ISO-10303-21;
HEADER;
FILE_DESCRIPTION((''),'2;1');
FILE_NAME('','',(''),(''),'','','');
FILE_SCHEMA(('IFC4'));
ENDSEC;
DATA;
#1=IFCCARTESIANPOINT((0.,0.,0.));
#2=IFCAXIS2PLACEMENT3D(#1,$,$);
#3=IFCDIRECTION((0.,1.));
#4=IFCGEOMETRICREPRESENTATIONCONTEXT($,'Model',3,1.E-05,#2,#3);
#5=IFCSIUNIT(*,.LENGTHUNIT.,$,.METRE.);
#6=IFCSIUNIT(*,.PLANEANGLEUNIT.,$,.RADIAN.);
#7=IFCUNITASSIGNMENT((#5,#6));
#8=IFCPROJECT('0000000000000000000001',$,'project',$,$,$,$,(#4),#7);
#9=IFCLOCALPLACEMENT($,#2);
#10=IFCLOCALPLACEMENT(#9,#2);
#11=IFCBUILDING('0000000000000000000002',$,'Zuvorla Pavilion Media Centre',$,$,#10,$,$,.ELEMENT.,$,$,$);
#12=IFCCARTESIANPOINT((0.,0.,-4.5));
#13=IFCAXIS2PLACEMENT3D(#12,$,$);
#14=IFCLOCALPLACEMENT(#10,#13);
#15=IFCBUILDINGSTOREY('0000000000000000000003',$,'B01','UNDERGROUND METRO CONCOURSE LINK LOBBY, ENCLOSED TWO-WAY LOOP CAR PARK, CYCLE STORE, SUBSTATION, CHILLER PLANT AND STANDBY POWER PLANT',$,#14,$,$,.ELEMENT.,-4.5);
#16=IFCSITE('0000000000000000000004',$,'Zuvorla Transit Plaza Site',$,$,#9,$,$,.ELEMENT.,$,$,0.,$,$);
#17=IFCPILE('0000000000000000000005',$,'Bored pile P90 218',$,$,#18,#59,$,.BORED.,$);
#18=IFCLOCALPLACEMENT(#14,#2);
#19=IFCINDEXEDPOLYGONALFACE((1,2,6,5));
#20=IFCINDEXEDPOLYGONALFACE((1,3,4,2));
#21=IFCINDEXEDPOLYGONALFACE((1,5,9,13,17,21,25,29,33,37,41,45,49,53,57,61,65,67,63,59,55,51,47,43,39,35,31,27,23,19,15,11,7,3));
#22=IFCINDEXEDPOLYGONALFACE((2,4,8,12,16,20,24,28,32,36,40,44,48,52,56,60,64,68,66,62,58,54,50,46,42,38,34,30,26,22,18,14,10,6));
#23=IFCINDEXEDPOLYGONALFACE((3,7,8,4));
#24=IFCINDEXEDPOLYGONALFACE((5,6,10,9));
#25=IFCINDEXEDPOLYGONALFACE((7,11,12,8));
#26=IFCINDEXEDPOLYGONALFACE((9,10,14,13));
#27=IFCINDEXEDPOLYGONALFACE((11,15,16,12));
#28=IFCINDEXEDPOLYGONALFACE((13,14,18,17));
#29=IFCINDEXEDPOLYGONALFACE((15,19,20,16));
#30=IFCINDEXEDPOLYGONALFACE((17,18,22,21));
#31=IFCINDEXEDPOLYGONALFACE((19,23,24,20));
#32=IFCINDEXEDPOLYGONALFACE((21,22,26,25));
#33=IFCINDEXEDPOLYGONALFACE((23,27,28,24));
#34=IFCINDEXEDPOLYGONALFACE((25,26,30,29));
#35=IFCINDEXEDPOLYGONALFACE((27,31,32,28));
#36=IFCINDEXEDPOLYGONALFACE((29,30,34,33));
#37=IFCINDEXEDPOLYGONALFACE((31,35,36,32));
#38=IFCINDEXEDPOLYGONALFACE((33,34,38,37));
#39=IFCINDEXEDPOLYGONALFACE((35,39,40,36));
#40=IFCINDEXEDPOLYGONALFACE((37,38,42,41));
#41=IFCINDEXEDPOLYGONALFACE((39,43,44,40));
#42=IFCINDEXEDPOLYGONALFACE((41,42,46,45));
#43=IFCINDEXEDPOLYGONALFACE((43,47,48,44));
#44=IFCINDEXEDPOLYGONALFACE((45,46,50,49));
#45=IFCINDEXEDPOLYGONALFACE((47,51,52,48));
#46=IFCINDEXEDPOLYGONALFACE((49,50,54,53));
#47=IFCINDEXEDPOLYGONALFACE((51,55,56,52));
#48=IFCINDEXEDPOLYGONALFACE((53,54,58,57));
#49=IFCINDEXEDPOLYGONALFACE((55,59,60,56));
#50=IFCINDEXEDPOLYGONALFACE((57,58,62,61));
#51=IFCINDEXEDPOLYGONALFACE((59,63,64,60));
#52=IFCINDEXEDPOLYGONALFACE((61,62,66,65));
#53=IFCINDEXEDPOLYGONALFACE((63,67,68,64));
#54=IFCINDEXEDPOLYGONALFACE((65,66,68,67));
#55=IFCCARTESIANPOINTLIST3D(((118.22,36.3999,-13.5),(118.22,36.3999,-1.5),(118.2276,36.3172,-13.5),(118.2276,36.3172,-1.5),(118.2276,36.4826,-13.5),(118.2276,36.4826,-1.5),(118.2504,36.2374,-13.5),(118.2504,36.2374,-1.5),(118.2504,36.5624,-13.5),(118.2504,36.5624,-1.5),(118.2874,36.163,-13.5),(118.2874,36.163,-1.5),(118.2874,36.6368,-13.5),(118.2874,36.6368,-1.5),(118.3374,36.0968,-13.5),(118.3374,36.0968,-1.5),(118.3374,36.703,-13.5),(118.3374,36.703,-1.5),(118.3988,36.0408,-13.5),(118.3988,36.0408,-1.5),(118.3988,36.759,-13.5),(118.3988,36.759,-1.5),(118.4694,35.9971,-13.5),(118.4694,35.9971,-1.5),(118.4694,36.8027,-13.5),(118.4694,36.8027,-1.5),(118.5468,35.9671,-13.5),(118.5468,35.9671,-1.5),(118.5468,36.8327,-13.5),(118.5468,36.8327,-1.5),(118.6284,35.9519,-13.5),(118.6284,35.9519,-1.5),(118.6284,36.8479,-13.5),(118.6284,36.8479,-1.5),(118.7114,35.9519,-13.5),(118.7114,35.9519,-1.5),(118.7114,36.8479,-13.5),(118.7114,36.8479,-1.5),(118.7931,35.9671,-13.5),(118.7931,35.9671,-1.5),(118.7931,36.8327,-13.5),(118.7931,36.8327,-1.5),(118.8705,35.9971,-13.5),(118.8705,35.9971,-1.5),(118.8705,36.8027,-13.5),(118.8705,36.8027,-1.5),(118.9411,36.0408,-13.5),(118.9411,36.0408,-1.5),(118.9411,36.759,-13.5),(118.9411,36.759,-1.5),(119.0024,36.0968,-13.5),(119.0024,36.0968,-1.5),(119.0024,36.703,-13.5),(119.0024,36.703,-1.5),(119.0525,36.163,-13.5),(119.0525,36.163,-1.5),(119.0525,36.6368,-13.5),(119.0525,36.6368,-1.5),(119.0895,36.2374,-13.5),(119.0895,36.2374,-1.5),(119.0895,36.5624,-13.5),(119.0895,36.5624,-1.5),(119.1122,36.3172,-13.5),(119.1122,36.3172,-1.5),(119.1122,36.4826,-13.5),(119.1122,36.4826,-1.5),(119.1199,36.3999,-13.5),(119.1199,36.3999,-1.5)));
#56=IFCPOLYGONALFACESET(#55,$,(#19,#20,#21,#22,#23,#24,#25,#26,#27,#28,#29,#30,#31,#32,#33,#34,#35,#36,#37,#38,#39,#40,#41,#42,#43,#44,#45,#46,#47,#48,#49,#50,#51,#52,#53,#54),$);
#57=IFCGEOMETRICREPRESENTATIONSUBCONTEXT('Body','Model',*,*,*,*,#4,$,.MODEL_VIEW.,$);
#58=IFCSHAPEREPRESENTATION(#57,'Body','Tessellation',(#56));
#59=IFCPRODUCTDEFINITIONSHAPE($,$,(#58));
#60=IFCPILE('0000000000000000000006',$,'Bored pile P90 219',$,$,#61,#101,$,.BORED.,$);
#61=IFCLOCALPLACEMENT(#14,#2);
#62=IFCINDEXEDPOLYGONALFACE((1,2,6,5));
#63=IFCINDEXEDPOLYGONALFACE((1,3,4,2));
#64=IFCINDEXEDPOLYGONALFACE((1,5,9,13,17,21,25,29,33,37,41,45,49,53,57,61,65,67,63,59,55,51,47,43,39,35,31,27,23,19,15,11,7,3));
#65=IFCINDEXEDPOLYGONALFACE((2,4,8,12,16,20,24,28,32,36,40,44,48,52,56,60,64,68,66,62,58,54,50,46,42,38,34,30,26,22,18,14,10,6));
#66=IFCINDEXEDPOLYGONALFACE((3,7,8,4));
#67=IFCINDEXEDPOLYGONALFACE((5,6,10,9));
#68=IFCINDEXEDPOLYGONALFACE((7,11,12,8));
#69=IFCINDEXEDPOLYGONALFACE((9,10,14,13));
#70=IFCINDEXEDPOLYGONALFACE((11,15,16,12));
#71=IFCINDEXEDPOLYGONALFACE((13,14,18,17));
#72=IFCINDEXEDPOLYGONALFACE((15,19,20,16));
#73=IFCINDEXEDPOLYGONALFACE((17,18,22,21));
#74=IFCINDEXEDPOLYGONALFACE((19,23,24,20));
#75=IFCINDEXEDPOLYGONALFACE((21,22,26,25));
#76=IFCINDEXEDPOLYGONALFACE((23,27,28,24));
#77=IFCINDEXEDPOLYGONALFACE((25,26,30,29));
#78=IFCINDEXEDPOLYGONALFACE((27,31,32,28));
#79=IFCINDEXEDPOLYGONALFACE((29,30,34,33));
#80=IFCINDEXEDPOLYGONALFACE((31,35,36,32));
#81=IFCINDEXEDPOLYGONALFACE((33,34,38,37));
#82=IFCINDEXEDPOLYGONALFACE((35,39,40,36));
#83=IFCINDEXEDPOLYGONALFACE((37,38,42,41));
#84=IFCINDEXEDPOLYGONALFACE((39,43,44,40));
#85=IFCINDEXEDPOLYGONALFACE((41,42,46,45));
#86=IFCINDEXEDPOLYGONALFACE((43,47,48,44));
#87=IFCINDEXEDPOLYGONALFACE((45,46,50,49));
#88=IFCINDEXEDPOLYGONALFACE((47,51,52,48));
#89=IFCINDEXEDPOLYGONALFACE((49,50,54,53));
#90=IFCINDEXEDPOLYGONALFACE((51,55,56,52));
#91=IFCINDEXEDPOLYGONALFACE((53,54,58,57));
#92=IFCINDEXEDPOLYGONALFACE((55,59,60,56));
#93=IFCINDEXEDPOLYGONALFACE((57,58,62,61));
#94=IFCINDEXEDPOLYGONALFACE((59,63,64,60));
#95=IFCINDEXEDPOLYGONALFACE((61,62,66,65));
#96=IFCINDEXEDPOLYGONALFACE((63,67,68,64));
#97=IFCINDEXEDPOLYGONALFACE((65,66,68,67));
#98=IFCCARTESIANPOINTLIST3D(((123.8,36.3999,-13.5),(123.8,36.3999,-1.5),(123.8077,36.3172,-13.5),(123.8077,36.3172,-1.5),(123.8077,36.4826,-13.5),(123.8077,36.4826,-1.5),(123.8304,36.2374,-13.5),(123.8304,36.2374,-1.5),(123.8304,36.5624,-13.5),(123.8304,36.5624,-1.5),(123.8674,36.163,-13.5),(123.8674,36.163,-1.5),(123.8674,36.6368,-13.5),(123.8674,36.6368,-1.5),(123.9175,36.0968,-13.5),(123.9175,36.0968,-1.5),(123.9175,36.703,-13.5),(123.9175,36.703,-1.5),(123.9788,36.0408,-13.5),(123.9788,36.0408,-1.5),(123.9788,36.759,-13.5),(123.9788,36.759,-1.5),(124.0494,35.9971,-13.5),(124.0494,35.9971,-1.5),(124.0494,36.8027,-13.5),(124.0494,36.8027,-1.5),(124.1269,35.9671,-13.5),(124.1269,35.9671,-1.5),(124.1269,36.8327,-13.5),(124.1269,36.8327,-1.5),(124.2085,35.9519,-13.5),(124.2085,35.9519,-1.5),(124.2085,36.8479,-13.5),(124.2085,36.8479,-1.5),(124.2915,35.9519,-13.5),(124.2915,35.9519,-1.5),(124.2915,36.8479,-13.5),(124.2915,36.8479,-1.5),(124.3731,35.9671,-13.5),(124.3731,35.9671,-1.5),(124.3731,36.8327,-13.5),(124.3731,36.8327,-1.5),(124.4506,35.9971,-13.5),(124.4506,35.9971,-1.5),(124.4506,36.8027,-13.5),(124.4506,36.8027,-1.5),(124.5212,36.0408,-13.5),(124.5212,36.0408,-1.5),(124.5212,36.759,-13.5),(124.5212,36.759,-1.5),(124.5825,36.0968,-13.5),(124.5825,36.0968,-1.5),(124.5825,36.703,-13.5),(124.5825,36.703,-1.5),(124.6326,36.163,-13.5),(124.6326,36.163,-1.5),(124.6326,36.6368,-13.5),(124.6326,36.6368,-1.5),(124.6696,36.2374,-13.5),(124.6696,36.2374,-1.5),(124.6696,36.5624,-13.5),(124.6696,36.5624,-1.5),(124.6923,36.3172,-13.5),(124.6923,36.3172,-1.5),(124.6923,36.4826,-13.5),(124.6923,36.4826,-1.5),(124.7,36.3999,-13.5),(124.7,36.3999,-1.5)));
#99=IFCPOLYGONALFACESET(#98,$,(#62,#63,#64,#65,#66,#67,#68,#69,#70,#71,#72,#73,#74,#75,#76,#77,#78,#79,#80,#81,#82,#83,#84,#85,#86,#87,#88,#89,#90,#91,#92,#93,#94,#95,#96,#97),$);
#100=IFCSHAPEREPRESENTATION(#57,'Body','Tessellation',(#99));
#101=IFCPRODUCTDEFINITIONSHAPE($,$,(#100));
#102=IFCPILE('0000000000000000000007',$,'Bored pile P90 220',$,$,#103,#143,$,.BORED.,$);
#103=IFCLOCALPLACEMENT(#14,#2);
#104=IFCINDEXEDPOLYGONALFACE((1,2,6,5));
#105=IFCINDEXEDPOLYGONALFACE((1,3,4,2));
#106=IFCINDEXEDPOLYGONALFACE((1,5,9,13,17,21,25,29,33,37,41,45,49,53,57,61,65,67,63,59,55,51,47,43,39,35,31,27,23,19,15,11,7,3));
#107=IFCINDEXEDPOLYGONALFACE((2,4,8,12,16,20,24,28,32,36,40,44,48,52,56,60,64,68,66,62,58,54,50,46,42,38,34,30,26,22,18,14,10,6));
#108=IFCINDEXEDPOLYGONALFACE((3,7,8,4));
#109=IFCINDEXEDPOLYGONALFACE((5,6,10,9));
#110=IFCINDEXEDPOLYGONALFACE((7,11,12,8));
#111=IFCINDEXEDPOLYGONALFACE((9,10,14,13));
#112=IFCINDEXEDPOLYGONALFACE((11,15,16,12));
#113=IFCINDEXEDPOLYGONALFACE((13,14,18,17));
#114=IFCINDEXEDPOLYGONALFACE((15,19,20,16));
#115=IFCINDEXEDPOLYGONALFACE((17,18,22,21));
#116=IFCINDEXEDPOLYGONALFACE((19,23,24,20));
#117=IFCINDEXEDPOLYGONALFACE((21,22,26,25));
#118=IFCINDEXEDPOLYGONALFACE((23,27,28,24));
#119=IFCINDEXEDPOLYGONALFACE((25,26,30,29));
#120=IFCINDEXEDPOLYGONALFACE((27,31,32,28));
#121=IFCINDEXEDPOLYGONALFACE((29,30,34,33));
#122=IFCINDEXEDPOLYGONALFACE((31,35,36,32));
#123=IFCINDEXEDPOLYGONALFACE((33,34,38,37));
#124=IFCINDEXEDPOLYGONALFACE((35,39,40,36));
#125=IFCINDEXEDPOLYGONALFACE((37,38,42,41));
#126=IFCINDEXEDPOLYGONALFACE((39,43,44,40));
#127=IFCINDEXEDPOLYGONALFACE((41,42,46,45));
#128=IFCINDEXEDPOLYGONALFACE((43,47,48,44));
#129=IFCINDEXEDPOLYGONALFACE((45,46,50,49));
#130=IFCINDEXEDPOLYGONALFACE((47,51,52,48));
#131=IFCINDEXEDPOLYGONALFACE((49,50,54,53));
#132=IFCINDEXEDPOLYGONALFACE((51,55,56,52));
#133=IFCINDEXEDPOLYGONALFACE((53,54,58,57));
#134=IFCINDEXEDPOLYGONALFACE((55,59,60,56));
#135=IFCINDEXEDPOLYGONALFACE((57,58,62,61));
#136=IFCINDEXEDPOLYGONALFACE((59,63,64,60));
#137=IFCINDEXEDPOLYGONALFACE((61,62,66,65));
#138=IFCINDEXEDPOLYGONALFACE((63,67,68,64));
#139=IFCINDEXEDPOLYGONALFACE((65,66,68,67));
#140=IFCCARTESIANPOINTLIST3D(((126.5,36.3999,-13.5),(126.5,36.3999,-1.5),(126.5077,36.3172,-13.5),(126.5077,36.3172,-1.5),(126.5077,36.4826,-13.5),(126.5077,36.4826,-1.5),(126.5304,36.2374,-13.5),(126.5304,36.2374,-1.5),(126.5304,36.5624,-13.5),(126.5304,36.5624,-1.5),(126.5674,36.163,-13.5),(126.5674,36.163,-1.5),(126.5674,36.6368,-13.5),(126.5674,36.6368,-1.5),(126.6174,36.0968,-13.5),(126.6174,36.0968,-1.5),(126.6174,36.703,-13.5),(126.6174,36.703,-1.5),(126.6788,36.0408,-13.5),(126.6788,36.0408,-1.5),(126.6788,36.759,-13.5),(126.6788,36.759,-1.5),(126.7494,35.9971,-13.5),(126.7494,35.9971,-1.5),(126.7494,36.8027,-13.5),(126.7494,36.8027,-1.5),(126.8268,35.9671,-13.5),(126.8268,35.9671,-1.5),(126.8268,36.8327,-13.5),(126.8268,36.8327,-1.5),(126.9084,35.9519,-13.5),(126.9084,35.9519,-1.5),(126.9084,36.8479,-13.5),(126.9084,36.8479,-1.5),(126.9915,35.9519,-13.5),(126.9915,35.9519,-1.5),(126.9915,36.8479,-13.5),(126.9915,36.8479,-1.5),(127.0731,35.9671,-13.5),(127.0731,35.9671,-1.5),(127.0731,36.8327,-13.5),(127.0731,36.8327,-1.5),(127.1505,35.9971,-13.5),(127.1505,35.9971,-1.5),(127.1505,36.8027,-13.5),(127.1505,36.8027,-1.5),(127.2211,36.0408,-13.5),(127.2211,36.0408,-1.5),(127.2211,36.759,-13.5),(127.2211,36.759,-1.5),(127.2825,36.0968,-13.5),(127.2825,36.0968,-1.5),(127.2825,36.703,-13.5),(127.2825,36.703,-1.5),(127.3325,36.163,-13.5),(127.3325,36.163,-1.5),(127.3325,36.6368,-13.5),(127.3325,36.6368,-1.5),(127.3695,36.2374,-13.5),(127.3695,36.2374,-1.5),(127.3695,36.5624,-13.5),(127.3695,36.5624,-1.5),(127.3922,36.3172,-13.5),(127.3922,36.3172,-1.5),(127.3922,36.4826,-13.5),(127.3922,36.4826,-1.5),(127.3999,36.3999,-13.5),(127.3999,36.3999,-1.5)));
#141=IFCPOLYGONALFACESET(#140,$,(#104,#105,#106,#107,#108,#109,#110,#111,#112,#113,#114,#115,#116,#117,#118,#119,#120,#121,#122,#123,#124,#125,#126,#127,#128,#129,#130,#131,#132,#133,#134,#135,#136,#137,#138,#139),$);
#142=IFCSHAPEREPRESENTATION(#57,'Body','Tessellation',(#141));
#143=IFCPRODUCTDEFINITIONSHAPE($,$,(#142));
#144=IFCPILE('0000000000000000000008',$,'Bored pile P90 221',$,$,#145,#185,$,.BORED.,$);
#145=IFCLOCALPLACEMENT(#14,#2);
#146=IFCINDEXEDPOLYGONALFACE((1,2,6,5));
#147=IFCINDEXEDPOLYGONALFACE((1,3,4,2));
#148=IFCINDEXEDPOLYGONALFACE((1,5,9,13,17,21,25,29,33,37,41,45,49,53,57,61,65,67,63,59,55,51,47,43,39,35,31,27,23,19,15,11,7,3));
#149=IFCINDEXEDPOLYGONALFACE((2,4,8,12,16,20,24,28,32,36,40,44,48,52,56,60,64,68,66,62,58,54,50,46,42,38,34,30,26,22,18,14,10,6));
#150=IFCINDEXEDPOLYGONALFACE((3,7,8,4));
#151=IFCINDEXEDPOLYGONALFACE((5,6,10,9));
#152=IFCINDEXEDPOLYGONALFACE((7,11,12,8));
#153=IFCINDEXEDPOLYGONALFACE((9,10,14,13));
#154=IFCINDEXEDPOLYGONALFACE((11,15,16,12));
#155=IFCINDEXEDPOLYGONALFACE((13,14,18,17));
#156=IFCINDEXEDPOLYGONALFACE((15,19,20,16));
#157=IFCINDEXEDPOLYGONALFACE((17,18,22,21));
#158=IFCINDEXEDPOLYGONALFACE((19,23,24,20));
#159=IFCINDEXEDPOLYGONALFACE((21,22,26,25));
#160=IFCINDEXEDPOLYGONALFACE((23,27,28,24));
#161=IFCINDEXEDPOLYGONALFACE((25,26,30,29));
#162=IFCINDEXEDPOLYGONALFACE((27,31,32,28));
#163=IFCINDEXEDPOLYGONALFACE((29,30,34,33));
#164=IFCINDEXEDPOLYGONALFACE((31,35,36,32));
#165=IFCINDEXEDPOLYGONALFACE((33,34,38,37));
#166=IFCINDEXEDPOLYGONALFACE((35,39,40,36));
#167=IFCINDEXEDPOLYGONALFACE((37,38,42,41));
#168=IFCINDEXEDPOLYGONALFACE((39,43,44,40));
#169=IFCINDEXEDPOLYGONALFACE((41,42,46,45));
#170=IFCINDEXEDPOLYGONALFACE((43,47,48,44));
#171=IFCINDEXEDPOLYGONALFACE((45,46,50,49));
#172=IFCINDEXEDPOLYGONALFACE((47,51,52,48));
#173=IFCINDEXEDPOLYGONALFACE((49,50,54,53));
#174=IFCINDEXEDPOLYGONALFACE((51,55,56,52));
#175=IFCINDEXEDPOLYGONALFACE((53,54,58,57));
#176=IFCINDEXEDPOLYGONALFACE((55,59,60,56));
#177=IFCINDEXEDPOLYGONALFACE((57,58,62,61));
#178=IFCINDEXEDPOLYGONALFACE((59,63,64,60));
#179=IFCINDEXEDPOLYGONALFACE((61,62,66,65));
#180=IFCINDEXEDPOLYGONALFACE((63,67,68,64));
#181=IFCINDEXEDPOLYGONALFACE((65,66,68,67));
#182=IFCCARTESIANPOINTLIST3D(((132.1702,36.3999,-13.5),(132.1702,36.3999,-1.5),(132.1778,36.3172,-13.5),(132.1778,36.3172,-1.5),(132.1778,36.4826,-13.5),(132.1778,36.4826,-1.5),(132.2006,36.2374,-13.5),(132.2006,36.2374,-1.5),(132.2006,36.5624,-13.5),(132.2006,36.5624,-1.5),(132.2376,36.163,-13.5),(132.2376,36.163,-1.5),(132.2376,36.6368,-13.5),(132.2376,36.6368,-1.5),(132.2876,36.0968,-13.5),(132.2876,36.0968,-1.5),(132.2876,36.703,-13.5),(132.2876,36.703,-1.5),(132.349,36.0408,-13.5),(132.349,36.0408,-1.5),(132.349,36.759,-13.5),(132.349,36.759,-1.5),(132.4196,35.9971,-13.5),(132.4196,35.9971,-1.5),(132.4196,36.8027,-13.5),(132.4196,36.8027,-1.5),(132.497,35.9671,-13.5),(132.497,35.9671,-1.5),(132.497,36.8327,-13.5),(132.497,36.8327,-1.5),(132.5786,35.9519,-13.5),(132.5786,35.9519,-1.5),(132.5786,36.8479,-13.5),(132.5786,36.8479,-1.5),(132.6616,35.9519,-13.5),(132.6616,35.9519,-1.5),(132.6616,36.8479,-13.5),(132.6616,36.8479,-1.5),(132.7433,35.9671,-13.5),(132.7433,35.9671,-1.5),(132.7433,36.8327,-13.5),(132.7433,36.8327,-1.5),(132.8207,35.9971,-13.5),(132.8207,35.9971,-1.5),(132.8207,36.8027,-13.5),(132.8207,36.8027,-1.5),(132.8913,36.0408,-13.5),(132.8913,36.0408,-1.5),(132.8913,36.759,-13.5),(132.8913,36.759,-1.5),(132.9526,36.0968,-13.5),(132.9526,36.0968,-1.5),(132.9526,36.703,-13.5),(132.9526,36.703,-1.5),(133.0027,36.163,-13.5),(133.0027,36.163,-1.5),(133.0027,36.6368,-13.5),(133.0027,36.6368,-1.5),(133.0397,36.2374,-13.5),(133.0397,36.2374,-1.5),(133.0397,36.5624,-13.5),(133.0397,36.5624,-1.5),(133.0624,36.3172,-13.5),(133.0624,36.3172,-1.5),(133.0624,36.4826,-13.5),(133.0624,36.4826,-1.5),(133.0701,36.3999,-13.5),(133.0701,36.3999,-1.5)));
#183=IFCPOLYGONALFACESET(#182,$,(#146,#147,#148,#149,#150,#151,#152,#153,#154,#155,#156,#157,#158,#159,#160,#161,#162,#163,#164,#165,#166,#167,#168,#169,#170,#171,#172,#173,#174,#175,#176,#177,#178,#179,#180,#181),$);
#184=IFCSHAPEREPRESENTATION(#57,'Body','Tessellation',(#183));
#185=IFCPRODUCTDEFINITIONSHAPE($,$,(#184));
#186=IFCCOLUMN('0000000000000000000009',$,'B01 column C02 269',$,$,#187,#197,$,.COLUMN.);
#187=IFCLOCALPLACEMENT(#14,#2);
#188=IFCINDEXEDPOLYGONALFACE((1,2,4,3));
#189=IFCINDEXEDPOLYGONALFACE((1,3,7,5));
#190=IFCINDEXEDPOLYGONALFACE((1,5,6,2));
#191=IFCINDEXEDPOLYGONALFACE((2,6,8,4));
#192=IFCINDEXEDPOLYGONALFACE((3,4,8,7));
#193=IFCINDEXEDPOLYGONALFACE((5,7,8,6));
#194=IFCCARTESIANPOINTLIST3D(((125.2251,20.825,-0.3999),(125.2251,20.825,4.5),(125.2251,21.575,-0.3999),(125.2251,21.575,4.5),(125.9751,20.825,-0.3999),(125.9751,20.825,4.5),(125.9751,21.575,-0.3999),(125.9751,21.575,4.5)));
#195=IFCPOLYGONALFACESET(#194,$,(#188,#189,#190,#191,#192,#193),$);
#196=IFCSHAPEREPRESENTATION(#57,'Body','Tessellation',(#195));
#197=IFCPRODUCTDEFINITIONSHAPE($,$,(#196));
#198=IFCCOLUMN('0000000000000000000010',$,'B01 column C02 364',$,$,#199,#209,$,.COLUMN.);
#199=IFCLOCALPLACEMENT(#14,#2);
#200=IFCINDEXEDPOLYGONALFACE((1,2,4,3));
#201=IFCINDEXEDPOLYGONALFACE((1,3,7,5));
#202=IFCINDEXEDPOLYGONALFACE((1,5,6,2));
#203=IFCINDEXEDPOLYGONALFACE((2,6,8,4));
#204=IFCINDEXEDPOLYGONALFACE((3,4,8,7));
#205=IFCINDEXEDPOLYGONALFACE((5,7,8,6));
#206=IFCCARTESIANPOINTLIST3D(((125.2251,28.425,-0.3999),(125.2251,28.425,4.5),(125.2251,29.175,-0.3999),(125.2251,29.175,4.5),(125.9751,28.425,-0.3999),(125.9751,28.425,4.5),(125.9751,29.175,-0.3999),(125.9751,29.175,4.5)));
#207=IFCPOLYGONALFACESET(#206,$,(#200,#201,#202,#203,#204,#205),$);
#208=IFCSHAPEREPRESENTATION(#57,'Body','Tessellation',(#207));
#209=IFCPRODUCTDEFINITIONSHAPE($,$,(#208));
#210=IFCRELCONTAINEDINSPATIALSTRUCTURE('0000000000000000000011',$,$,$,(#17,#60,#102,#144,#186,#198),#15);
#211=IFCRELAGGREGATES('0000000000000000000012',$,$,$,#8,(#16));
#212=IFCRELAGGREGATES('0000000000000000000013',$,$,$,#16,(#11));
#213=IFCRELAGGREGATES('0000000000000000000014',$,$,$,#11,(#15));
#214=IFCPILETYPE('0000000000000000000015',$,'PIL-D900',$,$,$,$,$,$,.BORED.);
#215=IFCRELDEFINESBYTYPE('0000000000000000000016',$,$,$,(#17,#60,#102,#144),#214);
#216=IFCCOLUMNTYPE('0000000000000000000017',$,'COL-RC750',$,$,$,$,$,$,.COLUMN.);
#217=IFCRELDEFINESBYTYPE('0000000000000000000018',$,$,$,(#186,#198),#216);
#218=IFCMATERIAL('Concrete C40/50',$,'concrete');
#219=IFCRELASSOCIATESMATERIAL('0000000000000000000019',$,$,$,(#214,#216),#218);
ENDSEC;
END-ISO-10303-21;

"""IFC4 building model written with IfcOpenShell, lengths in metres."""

from ifc_helpers import new_model, si_unit, direction, frame, origin, origin_2d, place, context, subcontext, project, spatial, rectangle, circle, extrude, material, material_profile, profile_set, type_object, element, save


model = new_model("IFC4")

# Units and contexts
model_context = context("Model", 3, precision=1e-05, world=origin(), true_north=direction((0.0, 1.0)))
body_context = subcontext(model_context, "Body", "Model", "MODEL_VIEW")
ifc_project = project(units=[si_unit("LENGTHUNIT", "METRE"), si_unit("PLANEANGLEUNIT", "RADIAN")], contexts=[model_context])

# Site, building, storey
site_placement = place(None, origin())
site = spatial("IfcSite", under=ifc_project, at=site_placement, Name="Zuvorla Transit Plaza Site", CompositionType="ELEMENT", RefElevation=0.0)
building_placement = place(site_placement, origin())
building = spatial("IfcBuilding", under=site, at=building_placement, Name="Zuvorla Pavilion Media Centre", CompositionType="ELEMENT")
storey_placement = place(building_placement, frame((0.0, 0.0, -4.5)))
storey = spatial("IfcBuildingStorey", under=building, at=storey_placement, Name="B01", Description="UNDERGROUND METRO CONCOURSE LINK LOBBY, ENCLOSED TWO-WAY LOOP CAR PARK, CYCLE STORE, SUBSTATION, CHILLER PLANT AND STANDBY POWER PLANT", CompositionType="ELEMENT", Elevation=-4.5)

# Shared definitions
ifc_material = material(Name="Concrete C40/50", Category="concrete")

# Piles
ifc_material_profile_1 = material_profile(ifc_material, circle(Radius=0.45, at=origin_2d()), Name="BORED PILE 900")
ifc_profile_set_1 = profile_set([ifc_material_profile_1], Name="Concrete C40/50")
pile_type = type_object("IfcPileType", Name="PIL-D900", PredefinedType="BORED", material=ifc_profile_set_1)
for number, where, z_axis, x_axis, name in (
    (1, (118.6699, 36.3999, -1.5), (0.0, 0.0, -1.0), (1.0, 0.0, 0.0), "Bored pile P90 218"),
    (2, (124.25, 36.3999, -1.5), (0.0, 0.0, -1.0), (1.0, 0.0, 0.0), "Bored pile P90 219"),
    (3, (126.95, 36.3999, -1.5), (0.0, 0.0, -1.0), (1.0, 0.0, 0.0), "Bored pile P90 220"),
    (4, (132.6201, 36.3999, -1.5), (0.0, 0.0, -1.0), (1.0, 0.0, 0.0), "Bored pile P90 221"),
):
    element("IfcPile", number, at=place(storey_placement, frame(where, z_axis=z_axis, x_axis=x_axis)), inside=storey, type_object=pile_type, Name=name, PredefinedType="BORED", context=body_context, shape_type="SweptSolid", body=[
        extrude(circle(Radius=0.45, at=origin_2d()), origin(), (0.0, 0.0, 1.0), 12.0),
    ])

# Columns
ifc_material_profile_2 = material_profile(ifc_material, rectangle(XDim=0.75, YDim=0.75, at=origin_2d()), Name="RC 750x750")
ifc_profile_set_2 = profile_set([ifc_material_profile_2], Name="Concrete C40/50")
column_type_1 = type_object("IfcColumnType", Name="COL-RC750", PredefinedType="COLUMN", material=ifc_profile_set_2)
for number, where, z_axis, x_axis, name in (
    (5, (125.6001, 21.2, -0.3999), (0.0, 0.0, 1.0), (1.0, 0.0, 0.0), "B01 column C02 269"),
    (6, (125.6001, 28.8, -0.3999), (0.0, 0.0, 1.0), (1.0, 0.0, 0.0), "B01 column C02 364"),
):
    element("IfcColumn", number, at=place(storey_placement, frame(where, z_axis=z_axis, x_axis=x_axis)), inside=storey, type_object=column_type_1, Name=name, PredefinedType="COLUMN", context=body_context, shape_type="SweptSolid", body=[
        extrude(rectangle(XDim=0.75, YDim=0.75, at=origin_2d()), origin(), (0.0, 0.0, 1.0), 4.8999),
    ])

save(model, "model.ifc")
